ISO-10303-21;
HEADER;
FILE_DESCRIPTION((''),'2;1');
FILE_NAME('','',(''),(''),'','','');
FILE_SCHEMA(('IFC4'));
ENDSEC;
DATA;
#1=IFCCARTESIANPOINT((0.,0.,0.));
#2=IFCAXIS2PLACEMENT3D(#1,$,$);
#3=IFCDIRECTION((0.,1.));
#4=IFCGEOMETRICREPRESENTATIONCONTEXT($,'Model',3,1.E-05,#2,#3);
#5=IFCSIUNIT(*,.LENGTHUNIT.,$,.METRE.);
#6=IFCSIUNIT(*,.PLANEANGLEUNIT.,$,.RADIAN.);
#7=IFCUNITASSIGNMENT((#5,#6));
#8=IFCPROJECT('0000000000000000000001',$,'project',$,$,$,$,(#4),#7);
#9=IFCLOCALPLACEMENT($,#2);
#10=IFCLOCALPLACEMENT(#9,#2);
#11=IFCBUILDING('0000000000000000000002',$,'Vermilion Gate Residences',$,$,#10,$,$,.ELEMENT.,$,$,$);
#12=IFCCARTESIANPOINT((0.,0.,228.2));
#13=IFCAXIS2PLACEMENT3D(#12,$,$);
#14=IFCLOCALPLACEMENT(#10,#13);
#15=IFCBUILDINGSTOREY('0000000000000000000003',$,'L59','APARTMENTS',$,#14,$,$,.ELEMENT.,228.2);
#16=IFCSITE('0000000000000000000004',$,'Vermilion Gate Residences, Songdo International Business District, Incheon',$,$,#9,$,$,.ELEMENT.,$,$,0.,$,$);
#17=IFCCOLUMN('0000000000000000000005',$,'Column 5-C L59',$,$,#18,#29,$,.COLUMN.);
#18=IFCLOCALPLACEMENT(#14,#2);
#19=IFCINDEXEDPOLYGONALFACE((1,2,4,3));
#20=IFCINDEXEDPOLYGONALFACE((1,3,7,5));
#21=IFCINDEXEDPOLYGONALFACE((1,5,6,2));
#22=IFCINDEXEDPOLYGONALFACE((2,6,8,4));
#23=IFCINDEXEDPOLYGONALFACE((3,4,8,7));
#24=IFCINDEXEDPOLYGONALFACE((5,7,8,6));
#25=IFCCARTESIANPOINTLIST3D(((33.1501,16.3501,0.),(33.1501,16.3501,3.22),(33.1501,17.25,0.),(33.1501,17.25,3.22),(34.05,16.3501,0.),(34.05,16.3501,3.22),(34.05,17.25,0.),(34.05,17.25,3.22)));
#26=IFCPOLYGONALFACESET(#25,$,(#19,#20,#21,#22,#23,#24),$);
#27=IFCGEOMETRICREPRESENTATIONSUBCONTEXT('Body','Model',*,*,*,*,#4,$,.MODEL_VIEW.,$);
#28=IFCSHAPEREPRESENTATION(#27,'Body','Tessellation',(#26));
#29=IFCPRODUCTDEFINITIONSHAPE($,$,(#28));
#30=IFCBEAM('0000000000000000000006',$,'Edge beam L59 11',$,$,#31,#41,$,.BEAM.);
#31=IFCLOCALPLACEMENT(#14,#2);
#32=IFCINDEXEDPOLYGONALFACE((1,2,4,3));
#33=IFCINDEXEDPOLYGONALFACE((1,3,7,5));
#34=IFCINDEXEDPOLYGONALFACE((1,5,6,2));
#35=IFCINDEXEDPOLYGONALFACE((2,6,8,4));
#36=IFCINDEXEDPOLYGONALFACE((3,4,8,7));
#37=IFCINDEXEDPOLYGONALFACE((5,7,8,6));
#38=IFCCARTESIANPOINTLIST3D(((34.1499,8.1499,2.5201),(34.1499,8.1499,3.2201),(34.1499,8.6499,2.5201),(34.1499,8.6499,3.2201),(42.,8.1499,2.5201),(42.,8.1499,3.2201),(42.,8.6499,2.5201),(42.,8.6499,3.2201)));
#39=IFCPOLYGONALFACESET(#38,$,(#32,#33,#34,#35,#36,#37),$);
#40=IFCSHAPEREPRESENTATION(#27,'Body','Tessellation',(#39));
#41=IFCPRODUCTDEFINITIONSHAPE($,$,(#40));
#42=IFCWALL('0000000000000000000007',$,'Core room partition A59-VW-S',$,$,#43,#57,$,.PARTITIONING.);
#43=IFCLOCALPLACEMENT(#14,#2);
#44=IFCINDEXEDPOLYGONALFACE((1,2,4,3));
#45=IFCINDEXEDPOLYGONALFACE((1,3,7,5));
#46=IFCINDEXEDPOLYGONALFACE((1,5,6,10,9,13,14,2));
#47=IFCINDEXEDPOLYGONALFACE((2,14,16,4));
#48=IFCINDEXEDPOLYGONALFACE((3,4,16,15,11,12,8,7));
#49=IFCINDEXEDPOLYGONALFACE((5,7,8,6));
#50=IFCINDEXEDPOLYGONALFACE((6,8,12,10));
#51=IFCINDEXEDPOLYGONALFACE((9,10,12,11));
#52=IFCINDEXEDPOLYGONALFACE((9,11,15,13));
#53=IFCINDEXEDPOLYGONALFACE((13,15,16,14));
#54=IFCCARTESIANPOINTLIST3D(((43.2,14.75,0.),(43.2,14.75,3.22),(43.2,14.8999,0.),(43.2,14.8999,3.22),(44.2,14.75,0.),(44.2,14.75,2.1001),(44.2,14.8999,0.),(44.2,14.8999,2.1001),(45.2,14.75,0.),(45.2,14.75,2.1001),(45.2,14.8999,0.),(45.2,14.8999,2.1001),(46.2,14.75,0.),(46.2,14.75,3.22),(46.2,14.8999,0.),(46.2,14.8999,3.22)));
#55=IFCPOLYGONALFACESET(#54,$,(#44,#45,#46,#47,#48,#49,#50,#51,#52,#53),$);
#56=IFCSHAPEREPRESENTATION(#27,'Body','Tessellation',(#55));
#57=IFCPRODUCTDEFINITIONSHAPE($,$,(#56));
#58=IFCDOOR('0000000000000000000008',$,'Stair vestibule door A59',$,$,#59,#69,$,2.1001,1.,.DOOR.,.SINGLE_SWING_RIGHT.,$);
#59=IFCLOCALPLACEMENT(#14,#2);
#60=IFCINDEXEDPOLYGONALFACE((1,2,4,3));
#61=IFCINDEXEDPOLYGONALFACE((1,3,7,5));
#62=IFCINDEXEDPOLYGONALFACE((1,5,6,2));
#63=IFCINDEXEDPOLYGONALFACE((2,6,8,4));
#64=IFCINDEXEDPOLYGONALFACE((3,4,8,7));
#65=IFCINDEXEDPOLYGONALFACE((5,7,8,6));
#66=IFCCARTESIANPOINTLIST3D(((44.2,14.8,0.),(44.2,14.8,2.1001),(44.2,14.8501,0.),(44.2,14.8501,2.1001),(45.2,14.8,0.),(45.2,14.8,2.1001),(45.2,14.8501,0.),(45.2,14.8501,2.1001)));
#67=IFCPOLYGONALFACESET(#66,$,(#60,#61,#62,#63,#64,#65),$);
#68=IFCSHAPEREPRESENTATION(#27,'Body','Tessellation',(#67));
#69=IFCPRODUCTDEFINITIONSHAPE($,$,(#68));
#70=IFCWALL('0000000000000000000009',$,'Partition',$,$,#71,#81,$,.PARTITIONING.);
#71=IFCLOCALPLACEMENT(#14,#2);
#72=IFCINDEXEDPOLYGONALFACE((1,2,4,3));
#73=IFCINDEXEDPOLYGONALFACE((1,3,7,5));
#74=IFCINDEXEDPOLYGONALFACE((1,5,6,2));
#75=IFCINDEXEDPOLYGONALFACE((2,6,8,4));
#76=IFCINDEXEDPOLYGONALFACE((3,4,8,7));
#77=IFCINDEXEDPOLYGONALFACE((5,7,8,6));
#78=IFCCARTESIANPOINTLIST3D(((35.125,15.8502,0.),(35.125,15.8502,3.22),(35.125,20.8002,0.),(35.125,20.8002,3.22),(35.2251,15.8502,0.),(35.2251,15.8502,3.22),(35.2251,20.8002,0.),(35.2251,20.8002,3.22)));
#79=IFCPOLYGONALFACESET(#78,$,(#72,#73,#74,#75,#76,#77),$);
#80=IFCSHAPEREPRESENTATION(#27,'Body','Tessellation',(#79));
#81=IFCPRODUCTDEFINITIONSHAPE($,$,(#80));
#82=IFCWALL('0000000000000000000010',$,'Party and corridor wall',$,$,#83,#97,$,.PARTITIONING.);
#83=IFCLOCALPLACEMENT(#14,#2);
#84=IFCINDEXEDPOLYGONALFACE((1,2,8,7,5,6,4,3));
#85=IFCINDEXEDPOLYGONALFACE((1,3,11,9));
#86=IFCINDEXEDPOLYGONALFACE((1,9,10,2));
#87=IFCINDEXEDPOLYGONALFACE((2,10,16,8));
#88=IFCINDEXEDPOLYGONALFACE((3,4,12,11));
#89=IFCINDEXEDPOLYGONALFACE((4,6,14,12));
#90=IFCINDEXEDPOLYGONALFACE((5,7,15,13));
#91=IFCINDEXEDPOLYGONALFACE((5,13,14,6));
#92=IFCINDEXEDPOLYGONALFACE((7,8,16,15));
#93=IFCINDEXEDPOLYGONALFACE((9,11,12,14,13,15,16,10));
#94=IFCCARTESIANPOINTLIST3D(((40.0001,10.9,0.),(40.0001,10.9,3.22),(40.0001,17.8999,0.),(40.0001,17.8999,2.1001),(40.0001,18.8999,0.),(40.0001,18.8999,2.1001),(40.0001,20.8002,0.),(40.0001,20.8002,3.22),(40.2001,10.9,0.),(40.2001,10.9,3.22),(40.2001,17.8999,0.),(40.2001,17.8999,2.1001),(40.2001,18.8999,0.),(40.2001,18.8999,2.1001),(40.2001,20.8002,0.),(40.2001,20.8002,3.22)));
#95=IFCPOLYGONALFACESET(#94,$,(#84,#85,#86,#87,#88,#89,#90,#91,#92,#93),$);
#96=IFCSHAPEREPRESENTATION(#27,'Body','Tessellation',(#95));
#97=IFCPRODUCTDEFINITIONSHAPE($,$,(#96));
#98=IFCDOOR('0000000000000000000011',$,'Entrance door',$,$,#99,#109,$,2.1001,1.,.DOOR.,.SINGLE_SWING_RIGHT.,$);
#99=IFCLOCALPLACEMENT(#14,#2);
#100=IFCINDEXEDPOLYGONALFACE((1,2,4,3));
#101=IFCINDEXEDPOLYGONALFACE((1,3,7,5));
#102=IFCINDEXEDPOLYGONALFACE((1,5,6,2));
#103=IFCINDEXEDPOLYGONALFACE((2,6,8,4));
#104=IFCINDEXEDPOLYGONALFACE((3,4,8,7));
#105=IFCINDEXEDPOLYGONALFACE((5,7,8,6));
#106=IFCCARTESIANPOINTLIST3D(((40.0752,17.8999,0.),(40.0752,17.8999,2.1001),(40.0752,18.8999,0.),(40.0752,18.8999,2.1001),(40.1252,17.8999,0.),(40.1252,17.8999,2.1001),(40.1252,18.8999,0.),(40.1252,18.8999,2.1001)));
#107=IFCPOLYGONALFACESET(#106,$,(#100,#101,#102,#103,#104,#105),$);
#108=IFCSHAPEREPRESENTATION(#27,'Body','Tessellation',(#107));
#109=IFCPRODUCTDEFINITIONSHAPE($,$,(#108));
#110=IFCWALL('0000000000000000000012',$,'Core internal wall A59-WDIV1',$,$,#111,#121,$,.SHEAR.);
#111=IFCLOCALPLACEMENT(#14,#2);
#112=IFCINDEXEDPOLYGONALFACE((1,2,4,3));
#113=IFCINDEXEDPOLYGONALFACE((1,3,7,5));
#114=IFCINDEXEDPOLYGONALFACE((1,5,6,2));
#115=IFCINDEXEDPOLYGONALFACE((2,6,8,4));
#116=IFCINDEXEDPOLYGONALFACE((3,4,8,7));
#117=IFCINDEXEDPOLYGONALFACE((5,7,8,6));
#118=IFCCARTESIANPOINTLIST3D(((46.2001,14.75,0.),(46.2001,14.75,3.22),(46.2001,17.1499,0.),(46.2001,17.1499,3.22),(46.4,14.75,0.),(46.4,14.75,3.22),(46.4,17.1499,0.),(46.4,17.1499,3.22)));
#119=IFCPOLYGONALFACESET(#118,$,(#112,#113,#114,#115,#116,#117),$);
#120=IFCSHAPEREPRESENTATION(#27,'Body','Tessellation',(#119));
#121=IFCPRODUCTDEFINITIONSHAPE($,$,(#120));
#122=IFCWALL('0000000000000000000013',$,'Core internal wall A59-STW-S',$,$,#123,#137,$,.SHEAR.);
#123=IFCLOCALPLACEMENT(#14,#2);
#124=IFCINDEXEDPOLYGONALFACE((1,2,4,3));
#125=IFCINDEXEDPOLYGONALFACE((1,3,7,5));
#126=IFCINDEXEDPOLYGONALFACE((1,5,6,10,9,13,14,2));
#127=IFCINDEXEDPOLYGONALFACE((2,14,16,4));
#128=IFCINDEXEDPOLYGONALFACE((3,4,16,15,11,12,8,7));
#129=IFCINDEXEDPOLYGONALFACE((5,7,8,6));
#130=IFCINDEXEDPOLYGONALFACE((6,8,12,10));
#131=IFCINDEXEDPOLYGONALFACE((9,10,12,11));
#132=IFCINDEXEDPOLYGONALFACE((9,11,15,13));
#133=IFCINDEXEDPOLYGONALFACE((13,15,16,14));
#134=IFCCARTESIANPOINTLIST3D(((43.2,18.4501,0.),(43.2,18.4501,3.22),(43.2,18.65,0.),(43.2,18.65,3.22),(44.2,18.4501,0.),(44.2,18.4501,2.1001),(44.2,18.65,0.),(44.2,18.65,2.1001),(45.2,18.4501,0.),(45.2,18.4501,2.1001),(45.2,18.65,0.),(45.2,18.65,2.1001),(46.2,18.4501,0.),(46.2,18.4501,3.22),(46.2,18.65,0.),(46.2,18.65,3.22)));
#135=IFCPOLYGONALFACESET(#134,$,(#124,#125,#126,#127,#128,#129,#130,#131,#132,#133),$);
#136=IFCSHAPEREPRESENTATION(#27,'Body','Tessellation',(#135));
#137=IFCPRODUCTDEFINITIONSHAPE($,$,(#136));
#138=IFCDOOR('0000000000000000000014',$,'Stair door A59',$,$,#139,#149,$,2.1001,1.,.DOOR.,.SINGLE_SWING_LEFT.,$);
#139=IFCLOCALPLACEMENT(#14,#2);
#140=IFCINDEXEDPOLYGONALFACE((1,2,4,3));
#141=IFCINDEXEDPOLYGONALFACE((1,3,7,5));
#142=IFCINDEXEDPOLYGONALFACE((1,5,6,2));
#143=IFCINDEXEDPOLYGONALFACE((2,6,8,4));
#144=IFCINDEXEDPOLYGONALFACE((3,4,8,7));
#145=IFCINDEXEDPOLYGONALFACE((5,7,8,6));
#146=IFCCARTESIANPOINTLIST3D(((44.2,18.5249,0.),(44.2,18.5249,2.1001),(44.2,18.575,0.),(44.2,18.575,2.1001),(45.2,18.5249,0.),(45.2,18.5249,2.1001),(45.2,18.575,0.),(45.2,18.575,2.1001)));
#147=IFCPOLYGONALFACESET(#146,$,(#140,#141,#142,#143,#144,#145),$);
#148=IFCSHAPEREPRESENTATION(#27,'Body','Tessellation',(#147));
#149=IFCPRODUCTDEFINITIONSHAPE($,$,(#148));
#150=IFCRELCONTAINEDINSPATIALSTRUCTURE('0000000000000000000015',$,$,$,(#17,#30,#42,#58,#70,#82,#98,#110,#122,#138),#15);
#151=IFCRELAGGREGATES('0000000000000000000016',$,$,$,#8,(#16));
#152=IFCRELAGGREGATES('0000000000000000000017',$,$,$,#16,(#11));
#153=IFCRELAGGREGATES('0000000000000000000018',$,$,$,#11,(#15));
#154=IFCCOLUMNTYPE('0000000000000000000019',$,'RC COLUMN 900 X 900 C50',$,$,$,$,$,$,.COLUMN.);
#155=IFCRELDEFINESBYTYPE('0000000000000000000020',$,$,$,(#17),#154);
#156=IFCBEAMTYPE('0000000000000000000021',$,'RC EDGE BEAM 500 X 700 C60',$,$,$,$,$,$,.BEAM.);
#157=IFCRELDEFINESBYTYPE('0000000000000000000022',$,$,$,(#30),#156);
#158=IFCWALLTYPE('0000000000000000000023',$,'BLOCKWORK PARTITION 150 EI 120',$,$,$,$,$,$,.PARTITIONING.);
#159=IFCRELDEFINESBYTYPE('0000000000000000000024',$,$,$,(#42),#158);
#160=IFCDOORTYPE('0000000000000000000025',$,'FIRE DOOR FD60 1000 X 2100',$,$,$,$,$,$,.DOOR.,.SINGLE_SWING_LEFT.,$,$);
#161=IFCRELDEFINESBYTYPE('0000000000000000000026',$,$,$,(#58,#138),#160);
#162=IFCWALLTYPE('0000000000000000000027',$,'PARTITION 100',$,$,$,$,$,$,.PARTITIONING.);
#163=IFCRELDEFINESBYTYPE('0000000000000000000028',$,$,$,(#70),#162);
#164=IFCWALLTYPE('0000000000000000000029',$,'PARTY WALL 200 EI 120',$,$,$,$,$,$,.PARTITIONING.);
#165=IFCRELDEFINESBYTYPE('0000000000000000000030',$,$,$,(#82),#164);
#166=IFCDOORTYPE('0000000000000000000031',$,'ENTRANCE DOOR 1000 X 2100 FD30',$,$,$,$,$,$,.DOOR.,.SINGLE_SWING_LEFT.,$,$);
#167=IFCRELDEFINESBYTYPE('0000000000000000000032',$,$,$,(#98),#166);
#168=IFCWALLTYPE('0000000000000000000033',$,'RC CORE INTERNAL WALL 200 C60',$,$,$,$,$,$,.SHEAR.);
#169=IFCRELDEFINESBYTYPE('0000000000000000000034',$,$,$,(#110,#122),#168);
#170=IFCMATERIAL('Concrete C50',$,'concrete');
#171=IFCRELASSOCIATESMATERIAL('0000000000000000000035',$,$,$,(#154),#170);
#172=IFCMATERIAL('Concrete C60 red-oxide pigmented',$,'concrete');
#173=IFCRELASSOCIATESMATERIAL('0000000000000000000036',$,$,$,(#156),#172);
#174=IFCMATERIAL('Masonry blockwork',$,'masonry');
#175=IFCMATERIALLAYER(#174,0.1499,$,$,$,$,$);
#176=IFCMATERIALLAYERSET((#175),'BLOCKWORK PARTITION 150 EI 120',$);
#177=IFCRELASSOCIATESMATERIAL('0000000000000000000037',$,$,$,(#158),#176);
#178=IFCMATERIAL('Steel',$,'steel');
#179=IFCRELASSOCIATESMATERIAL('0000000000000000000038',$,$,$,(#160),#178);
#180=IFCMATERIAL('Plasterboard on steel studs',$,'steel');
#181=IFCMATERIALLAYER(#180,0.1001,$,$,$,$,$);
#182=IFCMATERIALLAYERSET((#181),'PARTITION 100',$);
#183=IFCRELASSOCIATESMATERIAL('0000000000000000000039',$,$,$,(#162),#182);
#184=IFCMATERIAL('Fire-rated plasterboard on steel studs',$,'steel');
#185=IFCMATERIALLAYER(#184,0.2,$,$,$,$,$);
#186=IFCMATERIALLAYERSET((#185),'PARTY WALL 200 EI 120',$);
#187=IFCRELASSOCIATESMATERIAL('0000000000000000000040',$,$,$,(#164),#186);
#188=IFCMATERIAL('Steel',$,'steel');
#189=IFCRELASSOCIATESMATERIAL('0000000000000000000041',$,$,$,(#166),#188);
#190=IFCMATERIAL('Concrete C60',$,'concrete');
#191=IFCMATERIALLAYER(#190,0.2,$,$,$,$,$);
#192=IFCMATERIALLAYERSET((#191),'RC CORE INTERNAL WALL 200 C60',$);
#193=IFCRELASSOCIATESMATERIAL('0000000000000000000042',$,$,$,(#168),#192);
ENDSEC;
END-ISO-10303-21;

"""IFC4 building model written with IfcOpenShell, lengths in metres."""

from ifc_helpers import new_model, si_unit, direction, frame, frame_2d, origin, origin_2d, place, context, subcontext, project, spatial, rectangle, extrude, material, layer, layer_set, material_profile, profile_set, type_object, element, fill, save


model = new_model("IFC4")

# Units and contexts
model_context = context("Model", 3, precision=1e-05, world=origin(), true_north=direction((0.0, 1.0)))
body_context = subcontext(model_context, "Body", "Model", "MODEL_VIEW")
ifc_project = project(units=[si_unit("LENGTHUNIT", "METRE"), si_unit("PLANEANGLEUNIT", "RADIAN")], contexts=[model_context])

# Site, building, storey
site_placement = place(None, origin())
site = spatial("IfcSite", under=ifc_project, at=site_placement, Name="Vermilion Gate Residences, Songdo International Business District, Incheon", CompositionType="ELEMENT", RefElevation=0.0)
building_placement = place(site_placement, origin())
building = spatial("IfcBuilding", under=site, at=building_placement, Name="Vermilion Gate Residences", CompositionType="ELEMENT")
storey_placement = place(building_placement, frame((0.0, 0.0, 228.2)))
storey = spatial("IfcBuildingStorey", under=building, at=storey_placement, Name="L59", Description="APARTMENTS", CompositionType="ELEMENT", Elevation=228.2)

# Column
ifc_material_1 = material(Name="Concrete C50", Category="concrete")
ifc_material_profile_1 = material_profile(ifc_material_1, rectangle(XDim=0.8999, YDim=0.8999, at=origin_2d()), Name="RC-900x900")
ifc_profile_set_1 = profile_set([ifc_material_profile_1], Name="Concrete C50")
column_type = type_object("IfcColumnType", Name="RC COLUMN 900 X 900 C50", PredefinedType="COLUMN", material=ifc_profile_set_1)
column_placement = place(storey_placement, frame((33.6001, 16.8, 0.0), z_axis=(0.0, 0.0, 1.0), x_axis=(1.0, 0.0, 0.0)))
element("IfcColumn", 1, at=column_placement, inside=storey, type_object=column_type, Name="Column 5-C L59", PredefinedType="COLUMN", context=body_context, shape_type="SweptSolid", body=[
    extrude(rectangle(XDim=0.8999, YDim=0.8999, at=origin_2d()), origin(), (0.0, 0.0, 1.0), 3.22),
])

# Beam
ifc_material_2 = material(Name="Concrete C60 red-oxide pigmented", Category="concrete")
ifc_material_profile_2 = material_profile(ifc_material_2, rectangle(XDim=0.5, YDim=0.7, at=origin_2d()), Name="RC-500x700")
ifc_profile_set_2 = profile_set([ifc_material_profile_2], Name="Concrete C60 red-oxide pigmented")
beam_type = type_object("IfcBeamType", Name="RC EDGE BEAM 500 X 700 C60", PredefinedType="BEAM", material=ifc_profile_set_2)
beam_placement = place(storey_placement, frame((34.1499, 8.3999, 2.8701), z_axis=(1.0, 0.0, 0.0), x_axis=(0.0, 1.0, 0.0)))
element("IfcBeam", 2, at=beam_placement, inside=storey, type_object=beam_type, Name="Edge beam L59 11", PredefinedType="BEAM", context=body_context, shape_type="SweptSolid", body=[
    extrude(rectangle(XDim=0.5, YDim=0.7, at=origin_2d()), origin(), (0.0, 0.0, 1.0), 7.8501),
])

# Wall, opening, door
ifc_material_3 = material(Name="Masonry blockwork", Category="masonry")
ifc_layer_1 = layer(ifc_material_3, 0.1499)
ifc_layer_set_1 = layer_set([ifc_layer_1], Name="BLOCKWORK PARTITION 150 EI 120")
wall_type_1 = type_object("IfcWallType", Name="BLOCKWORK PARTITION 150 EI 120", PredefinedType="PARTITIONING", material=ifc_layer_set_1)
wall_1_placement = place(storey_placement, frame((43.2, 14.825, 0.0), z_axis=(0.0, 0.0, 1.0), x_axis=(1.0, 0.0, 0.0)))
wall_1 = element("IfcWall", 3, at=wall_1_placement, inside=storey, type_object=wall_type_1, Name="Core room partition A59-VW-S", PredefinedType="PARTITIONING", context=body_context, shape_type="SweptSolid", body=[
    extrude(rectangle(XDim=3.0, YDim=0.1499, at=frame_2d((1.5, 0.0))), origin(), (0.0, 0.0, 1.0), 3.22),
])
opening_1_placement = place(wall_1_placement, frame((1.0, 0.0, 0.0)))
opening_1 = element("IfcOpeningElement", 4, at=opening_1_placement, cuts=wall_1, PredefinedType="OPENING", context=body_context, shape_type="SweptSolid", body=[
    extrude(rectangle(XDim=1.0, YDim=2.1001, at=frame_2d((0.5, 1.05))), frame((0.0, 0.085, 0.0), z_axis=(0.0, -1.0, 0.0), x_axis=(1.0, 0.0, 0.0)), (0.0, 0.0, 1.0), 0.1699),
])
ifc_material_4 = material(Name="Steel", Category="steel")
door_type_1 = type_object("IfcDoorType", Name="FIRE DOOR FD60 1000 X 2100", OperationType="SINGLE_SWING_LEFT", PredefinedType="DOOR", material=ifc_material_4)
door_1_placement = place(opening_1_placement, frame((1.0, 0.0, 0.0), z_axis=(0.0, 0.0, 1.0), x_axis=(-1.0, 0.0, 0.0)))
door_1 = element("IfcDoor", 5, at=door_1_placement, inside=storey, type_object=door_type_1, Name="Stair vestibule door A59", OperationType="SINGLE_SWING_RIGHT", OverallHeight=2.1001, OverallWidth=1.0, PredefinedType="DOOR", context=body_context, shape_type="SweptSolid", body=[
    extrude(rectangle(XDim=1.0, YDim=2.1001, at=frame_2d((0.5, 1.05))), frame((0.0, 0.0249, 0.0), z_axis=(0.0, -1.0, 0.0), x_axis=(1.0, 0.0, 0.0)), (0.0, 0.0, 1.0), 0.05),
])
fill(opening_1, door_1)

# Wall
ifc_material_5 = material(Name="Plasterboard on steel studs", Category="steel")
ifc_layer_2 = layer(ifc_material_5, 0.1001)
ifc_layer_set_2 = layer_set([ifc_layer_2], Name="PARTITION 100")
wall_type_2 = type_object("IfcWallType", Name="PARTITION 100", PredefinedType="PARTITIONING", material=ifc_layer_set_2)
wall_2_placement = place(storey_placement, frame((35.175, 15.8501, 0.0), z_axis=(0.0, 0.0, 1.0), x_axis=(0.0, 1.0, 0.0)))
element("IfcWall", 6, at=wall_2_placement, inside=storey, type_object=wall_type_2, Name="Partition", PredefinedType="PARTITIONING", context=body_context, shape_type="SweptSolid", body=[
    extrude(rectangle(XDim=4.95, YDim=0.1001, at=frame_2d((2.4751, 0.0))), origin(), (0.0, 0.0, 1.0), 3.22),
])

# Wall, opening, door
ifc_material_6 = material(Name="Fire-rated plasterboard on steel studs", Category="steel")
ifc_layer_3 = layer(ifc_material_6, 0.2)
ifc_layer_set_3 = layer_set([ifc_layer_3], Name="PARTY WALL 200 EI 120")
wall_type_3 = type_object("IfcWallType", Name="PARTY WALL 200 EI 120", PredefinedType="PARTITIONING", material=ifc_layer_set_3)
wall_3_placement = place(storey_placement, frame((40.1001, 10.8999, 0.0), z_axis=(0.0, 0.0, 1.0), x_axis=(0.0, 1.0, 0.0)))
wall_3 = element("IfcWall", 7, at=wall_3_placement, inside=storey, type_object=wall_type_3, Name="Party and corridor wall", PredefinedType="PARTITIONING", context=body_context, shape_type="SweptSolid", body=[
    extrude(rectangle(XDim=9.9001, YDim=0.2, at=frame_2d((4.9502, 0.0))), origin(), (0.0, 0.0, 1.0), 3.22),
])
opening_2_placement = place(wall_3_placement, frame((7.0, 0.0, 0.0)))
opening_2 = element("IfcOpeningElement", 8, at=opening_2_placement, cuts=wall_3, PredefinedType="OPENING", context=body_context, shape_type="SweptSolid", body=[
    extrude(rectangle(XDim=1.0, YDim=2.1001, at=frame_2d((0.5, 1.05))), frame((0.0, 0.1099, 0.0), z_axis=(0.0, -1.0, 0.0), x_axis=(1.0, 0.0, 0.0)), (0.0, 0.0, 1.0), 0.22),
])
ifc_material_7 = material(Name="Steel", Category="steel")
door_type_2 = type_object("IfcDoorType", Name="ENTRANCE DOOR 1000 X 2100 FD30", OperationType="SINGLE_SWING_LEFT", PredefinedType="DOOR", material=ifc_material_7)
door_2_placement = place(opening_2_placement, origin())
door_2 = element("IfcDoor", 9, at=door_2_placement, inside=storey, type_object=door_type_2, Name="Entrance door", OperationType="SINGLE_SWING_RIGHT", OverallHeight=2.1001, OverallWidth=1.0, PredefinedType="DOOR", context=body_context, shape_type="SweptSolid", body=[
    extrude(rectangle(XDim=1.0, YDim=2.1001, at=frame_2d((0.5, 1.05))), frame((0.0, 0.0249, 0.0), z_axis=(0.0, -1.0, 0.0), x_axis=(1.0, 0.0, 0.0)), (0.0, 0.0, 1.0), 0.05),
])
fill(opening_2, door_2)

# Wall
ifc_material_8 = material(Name="Concrete C60", Category="concrete")
ifc_layer_4 = layer(ifc_material_8, 0.2)
ifc_layer_set_4 = layer_set([ifc_layer_4], Name="RC CORE INTERNAL WALL 200 C60")
wall_type_4 = type_object("IfcWallType", Name="RC CORE INTERNAL WALL 200 C60", PredefinedType="SHEAR", material=ifc_layer_set_4)
wall_4_placement = place(storey_placement, frame((46.3, 14.75, 0.0), z_axis=(0.0, 0.0, 1.0), x_axis=(0.0, 1.0, 0.0)))
element("IfcWall", 10, at=wall_4_placement, inside=storey, type_object=wall_type_4, Name="Core internal wall A59-WDIV1", PredefinedType="SHEAR", context=body_context, shape_type="SweptSolid", body=[
    extrude(rectangle(XDim=2.3999, YDim=0.2, at=frame_2d((1.2, 0.0))), origin(), (0.0, 0.0, 1.0), 3.22),
])

# Wall, opening, door
wall_5_placement = place(storey_placement, frame((43.2, 18.55, 0.0), z_axis=(0.0, 0.0, 1.0), x_axis=(1.0, 0.0, 0.0)))
wall_5 = element("IfcWall", 11, at=wall_5_placement, inside=storey, type_object=wall_type_4, Name="Core internal wall A59-STW-S", PredefinedType="SHEAR", context=body_context, shape_type="SweptSolid", body=[
    extrude(rectangle(XDim=3.0, YDim=0.2, at=frame_2d((1.5, 0.0))), origin(), (0.0, 0.0, 1.0), 3.22),
])
opening_3_placement = place(wall_5_placement, frame((1.0, 0.0, 0.0)))
opening_3 = element("IfcOpeningElement", 12, at=opening_3_placement, cuts=wall_5, PredefinedType="OPENING", context=body_context, shape_type="SweptSolid", body=[
    extrude(rectangle(XDim=1.0, YDim=2.1001, at=frame_2d((0.5, 1.05))), frame((0.0, 0.1099, 0.0), z_axis=(0.0, -1.0, 0.0), x_axis=(1.0, 0.0, 0.0)), (0.0, 0.0, 1.0), 0.22),
])
door_3_placement = place(opening_3_placement, origin())
door_3 = element("IfcDoor", 13, at=door_3_placement, inside=storey, type_object=door_type_1, Name="Stair door A59", OperationType="SINGLE_SWING_LEFT", OverallHeight=2.1001, OverallWidth=1.0, PredefinedType="DOOR", context=body_context, shape_type="SweptSolid", body=[
    extrude(rectangle(XDim=1.0, YDim=2.1001, at=frame_2d((0.5, 1.05))), frame((0.0, 0.0249, 0.0), z_axis=(0.0, -1.0, 0.0), x_axis=(1.0, 0.0, 0.0)), (0.0, 0.0, 1.0), 0.05),
])
fill(opening_3, door_3)

save(model, "model.ifc")
